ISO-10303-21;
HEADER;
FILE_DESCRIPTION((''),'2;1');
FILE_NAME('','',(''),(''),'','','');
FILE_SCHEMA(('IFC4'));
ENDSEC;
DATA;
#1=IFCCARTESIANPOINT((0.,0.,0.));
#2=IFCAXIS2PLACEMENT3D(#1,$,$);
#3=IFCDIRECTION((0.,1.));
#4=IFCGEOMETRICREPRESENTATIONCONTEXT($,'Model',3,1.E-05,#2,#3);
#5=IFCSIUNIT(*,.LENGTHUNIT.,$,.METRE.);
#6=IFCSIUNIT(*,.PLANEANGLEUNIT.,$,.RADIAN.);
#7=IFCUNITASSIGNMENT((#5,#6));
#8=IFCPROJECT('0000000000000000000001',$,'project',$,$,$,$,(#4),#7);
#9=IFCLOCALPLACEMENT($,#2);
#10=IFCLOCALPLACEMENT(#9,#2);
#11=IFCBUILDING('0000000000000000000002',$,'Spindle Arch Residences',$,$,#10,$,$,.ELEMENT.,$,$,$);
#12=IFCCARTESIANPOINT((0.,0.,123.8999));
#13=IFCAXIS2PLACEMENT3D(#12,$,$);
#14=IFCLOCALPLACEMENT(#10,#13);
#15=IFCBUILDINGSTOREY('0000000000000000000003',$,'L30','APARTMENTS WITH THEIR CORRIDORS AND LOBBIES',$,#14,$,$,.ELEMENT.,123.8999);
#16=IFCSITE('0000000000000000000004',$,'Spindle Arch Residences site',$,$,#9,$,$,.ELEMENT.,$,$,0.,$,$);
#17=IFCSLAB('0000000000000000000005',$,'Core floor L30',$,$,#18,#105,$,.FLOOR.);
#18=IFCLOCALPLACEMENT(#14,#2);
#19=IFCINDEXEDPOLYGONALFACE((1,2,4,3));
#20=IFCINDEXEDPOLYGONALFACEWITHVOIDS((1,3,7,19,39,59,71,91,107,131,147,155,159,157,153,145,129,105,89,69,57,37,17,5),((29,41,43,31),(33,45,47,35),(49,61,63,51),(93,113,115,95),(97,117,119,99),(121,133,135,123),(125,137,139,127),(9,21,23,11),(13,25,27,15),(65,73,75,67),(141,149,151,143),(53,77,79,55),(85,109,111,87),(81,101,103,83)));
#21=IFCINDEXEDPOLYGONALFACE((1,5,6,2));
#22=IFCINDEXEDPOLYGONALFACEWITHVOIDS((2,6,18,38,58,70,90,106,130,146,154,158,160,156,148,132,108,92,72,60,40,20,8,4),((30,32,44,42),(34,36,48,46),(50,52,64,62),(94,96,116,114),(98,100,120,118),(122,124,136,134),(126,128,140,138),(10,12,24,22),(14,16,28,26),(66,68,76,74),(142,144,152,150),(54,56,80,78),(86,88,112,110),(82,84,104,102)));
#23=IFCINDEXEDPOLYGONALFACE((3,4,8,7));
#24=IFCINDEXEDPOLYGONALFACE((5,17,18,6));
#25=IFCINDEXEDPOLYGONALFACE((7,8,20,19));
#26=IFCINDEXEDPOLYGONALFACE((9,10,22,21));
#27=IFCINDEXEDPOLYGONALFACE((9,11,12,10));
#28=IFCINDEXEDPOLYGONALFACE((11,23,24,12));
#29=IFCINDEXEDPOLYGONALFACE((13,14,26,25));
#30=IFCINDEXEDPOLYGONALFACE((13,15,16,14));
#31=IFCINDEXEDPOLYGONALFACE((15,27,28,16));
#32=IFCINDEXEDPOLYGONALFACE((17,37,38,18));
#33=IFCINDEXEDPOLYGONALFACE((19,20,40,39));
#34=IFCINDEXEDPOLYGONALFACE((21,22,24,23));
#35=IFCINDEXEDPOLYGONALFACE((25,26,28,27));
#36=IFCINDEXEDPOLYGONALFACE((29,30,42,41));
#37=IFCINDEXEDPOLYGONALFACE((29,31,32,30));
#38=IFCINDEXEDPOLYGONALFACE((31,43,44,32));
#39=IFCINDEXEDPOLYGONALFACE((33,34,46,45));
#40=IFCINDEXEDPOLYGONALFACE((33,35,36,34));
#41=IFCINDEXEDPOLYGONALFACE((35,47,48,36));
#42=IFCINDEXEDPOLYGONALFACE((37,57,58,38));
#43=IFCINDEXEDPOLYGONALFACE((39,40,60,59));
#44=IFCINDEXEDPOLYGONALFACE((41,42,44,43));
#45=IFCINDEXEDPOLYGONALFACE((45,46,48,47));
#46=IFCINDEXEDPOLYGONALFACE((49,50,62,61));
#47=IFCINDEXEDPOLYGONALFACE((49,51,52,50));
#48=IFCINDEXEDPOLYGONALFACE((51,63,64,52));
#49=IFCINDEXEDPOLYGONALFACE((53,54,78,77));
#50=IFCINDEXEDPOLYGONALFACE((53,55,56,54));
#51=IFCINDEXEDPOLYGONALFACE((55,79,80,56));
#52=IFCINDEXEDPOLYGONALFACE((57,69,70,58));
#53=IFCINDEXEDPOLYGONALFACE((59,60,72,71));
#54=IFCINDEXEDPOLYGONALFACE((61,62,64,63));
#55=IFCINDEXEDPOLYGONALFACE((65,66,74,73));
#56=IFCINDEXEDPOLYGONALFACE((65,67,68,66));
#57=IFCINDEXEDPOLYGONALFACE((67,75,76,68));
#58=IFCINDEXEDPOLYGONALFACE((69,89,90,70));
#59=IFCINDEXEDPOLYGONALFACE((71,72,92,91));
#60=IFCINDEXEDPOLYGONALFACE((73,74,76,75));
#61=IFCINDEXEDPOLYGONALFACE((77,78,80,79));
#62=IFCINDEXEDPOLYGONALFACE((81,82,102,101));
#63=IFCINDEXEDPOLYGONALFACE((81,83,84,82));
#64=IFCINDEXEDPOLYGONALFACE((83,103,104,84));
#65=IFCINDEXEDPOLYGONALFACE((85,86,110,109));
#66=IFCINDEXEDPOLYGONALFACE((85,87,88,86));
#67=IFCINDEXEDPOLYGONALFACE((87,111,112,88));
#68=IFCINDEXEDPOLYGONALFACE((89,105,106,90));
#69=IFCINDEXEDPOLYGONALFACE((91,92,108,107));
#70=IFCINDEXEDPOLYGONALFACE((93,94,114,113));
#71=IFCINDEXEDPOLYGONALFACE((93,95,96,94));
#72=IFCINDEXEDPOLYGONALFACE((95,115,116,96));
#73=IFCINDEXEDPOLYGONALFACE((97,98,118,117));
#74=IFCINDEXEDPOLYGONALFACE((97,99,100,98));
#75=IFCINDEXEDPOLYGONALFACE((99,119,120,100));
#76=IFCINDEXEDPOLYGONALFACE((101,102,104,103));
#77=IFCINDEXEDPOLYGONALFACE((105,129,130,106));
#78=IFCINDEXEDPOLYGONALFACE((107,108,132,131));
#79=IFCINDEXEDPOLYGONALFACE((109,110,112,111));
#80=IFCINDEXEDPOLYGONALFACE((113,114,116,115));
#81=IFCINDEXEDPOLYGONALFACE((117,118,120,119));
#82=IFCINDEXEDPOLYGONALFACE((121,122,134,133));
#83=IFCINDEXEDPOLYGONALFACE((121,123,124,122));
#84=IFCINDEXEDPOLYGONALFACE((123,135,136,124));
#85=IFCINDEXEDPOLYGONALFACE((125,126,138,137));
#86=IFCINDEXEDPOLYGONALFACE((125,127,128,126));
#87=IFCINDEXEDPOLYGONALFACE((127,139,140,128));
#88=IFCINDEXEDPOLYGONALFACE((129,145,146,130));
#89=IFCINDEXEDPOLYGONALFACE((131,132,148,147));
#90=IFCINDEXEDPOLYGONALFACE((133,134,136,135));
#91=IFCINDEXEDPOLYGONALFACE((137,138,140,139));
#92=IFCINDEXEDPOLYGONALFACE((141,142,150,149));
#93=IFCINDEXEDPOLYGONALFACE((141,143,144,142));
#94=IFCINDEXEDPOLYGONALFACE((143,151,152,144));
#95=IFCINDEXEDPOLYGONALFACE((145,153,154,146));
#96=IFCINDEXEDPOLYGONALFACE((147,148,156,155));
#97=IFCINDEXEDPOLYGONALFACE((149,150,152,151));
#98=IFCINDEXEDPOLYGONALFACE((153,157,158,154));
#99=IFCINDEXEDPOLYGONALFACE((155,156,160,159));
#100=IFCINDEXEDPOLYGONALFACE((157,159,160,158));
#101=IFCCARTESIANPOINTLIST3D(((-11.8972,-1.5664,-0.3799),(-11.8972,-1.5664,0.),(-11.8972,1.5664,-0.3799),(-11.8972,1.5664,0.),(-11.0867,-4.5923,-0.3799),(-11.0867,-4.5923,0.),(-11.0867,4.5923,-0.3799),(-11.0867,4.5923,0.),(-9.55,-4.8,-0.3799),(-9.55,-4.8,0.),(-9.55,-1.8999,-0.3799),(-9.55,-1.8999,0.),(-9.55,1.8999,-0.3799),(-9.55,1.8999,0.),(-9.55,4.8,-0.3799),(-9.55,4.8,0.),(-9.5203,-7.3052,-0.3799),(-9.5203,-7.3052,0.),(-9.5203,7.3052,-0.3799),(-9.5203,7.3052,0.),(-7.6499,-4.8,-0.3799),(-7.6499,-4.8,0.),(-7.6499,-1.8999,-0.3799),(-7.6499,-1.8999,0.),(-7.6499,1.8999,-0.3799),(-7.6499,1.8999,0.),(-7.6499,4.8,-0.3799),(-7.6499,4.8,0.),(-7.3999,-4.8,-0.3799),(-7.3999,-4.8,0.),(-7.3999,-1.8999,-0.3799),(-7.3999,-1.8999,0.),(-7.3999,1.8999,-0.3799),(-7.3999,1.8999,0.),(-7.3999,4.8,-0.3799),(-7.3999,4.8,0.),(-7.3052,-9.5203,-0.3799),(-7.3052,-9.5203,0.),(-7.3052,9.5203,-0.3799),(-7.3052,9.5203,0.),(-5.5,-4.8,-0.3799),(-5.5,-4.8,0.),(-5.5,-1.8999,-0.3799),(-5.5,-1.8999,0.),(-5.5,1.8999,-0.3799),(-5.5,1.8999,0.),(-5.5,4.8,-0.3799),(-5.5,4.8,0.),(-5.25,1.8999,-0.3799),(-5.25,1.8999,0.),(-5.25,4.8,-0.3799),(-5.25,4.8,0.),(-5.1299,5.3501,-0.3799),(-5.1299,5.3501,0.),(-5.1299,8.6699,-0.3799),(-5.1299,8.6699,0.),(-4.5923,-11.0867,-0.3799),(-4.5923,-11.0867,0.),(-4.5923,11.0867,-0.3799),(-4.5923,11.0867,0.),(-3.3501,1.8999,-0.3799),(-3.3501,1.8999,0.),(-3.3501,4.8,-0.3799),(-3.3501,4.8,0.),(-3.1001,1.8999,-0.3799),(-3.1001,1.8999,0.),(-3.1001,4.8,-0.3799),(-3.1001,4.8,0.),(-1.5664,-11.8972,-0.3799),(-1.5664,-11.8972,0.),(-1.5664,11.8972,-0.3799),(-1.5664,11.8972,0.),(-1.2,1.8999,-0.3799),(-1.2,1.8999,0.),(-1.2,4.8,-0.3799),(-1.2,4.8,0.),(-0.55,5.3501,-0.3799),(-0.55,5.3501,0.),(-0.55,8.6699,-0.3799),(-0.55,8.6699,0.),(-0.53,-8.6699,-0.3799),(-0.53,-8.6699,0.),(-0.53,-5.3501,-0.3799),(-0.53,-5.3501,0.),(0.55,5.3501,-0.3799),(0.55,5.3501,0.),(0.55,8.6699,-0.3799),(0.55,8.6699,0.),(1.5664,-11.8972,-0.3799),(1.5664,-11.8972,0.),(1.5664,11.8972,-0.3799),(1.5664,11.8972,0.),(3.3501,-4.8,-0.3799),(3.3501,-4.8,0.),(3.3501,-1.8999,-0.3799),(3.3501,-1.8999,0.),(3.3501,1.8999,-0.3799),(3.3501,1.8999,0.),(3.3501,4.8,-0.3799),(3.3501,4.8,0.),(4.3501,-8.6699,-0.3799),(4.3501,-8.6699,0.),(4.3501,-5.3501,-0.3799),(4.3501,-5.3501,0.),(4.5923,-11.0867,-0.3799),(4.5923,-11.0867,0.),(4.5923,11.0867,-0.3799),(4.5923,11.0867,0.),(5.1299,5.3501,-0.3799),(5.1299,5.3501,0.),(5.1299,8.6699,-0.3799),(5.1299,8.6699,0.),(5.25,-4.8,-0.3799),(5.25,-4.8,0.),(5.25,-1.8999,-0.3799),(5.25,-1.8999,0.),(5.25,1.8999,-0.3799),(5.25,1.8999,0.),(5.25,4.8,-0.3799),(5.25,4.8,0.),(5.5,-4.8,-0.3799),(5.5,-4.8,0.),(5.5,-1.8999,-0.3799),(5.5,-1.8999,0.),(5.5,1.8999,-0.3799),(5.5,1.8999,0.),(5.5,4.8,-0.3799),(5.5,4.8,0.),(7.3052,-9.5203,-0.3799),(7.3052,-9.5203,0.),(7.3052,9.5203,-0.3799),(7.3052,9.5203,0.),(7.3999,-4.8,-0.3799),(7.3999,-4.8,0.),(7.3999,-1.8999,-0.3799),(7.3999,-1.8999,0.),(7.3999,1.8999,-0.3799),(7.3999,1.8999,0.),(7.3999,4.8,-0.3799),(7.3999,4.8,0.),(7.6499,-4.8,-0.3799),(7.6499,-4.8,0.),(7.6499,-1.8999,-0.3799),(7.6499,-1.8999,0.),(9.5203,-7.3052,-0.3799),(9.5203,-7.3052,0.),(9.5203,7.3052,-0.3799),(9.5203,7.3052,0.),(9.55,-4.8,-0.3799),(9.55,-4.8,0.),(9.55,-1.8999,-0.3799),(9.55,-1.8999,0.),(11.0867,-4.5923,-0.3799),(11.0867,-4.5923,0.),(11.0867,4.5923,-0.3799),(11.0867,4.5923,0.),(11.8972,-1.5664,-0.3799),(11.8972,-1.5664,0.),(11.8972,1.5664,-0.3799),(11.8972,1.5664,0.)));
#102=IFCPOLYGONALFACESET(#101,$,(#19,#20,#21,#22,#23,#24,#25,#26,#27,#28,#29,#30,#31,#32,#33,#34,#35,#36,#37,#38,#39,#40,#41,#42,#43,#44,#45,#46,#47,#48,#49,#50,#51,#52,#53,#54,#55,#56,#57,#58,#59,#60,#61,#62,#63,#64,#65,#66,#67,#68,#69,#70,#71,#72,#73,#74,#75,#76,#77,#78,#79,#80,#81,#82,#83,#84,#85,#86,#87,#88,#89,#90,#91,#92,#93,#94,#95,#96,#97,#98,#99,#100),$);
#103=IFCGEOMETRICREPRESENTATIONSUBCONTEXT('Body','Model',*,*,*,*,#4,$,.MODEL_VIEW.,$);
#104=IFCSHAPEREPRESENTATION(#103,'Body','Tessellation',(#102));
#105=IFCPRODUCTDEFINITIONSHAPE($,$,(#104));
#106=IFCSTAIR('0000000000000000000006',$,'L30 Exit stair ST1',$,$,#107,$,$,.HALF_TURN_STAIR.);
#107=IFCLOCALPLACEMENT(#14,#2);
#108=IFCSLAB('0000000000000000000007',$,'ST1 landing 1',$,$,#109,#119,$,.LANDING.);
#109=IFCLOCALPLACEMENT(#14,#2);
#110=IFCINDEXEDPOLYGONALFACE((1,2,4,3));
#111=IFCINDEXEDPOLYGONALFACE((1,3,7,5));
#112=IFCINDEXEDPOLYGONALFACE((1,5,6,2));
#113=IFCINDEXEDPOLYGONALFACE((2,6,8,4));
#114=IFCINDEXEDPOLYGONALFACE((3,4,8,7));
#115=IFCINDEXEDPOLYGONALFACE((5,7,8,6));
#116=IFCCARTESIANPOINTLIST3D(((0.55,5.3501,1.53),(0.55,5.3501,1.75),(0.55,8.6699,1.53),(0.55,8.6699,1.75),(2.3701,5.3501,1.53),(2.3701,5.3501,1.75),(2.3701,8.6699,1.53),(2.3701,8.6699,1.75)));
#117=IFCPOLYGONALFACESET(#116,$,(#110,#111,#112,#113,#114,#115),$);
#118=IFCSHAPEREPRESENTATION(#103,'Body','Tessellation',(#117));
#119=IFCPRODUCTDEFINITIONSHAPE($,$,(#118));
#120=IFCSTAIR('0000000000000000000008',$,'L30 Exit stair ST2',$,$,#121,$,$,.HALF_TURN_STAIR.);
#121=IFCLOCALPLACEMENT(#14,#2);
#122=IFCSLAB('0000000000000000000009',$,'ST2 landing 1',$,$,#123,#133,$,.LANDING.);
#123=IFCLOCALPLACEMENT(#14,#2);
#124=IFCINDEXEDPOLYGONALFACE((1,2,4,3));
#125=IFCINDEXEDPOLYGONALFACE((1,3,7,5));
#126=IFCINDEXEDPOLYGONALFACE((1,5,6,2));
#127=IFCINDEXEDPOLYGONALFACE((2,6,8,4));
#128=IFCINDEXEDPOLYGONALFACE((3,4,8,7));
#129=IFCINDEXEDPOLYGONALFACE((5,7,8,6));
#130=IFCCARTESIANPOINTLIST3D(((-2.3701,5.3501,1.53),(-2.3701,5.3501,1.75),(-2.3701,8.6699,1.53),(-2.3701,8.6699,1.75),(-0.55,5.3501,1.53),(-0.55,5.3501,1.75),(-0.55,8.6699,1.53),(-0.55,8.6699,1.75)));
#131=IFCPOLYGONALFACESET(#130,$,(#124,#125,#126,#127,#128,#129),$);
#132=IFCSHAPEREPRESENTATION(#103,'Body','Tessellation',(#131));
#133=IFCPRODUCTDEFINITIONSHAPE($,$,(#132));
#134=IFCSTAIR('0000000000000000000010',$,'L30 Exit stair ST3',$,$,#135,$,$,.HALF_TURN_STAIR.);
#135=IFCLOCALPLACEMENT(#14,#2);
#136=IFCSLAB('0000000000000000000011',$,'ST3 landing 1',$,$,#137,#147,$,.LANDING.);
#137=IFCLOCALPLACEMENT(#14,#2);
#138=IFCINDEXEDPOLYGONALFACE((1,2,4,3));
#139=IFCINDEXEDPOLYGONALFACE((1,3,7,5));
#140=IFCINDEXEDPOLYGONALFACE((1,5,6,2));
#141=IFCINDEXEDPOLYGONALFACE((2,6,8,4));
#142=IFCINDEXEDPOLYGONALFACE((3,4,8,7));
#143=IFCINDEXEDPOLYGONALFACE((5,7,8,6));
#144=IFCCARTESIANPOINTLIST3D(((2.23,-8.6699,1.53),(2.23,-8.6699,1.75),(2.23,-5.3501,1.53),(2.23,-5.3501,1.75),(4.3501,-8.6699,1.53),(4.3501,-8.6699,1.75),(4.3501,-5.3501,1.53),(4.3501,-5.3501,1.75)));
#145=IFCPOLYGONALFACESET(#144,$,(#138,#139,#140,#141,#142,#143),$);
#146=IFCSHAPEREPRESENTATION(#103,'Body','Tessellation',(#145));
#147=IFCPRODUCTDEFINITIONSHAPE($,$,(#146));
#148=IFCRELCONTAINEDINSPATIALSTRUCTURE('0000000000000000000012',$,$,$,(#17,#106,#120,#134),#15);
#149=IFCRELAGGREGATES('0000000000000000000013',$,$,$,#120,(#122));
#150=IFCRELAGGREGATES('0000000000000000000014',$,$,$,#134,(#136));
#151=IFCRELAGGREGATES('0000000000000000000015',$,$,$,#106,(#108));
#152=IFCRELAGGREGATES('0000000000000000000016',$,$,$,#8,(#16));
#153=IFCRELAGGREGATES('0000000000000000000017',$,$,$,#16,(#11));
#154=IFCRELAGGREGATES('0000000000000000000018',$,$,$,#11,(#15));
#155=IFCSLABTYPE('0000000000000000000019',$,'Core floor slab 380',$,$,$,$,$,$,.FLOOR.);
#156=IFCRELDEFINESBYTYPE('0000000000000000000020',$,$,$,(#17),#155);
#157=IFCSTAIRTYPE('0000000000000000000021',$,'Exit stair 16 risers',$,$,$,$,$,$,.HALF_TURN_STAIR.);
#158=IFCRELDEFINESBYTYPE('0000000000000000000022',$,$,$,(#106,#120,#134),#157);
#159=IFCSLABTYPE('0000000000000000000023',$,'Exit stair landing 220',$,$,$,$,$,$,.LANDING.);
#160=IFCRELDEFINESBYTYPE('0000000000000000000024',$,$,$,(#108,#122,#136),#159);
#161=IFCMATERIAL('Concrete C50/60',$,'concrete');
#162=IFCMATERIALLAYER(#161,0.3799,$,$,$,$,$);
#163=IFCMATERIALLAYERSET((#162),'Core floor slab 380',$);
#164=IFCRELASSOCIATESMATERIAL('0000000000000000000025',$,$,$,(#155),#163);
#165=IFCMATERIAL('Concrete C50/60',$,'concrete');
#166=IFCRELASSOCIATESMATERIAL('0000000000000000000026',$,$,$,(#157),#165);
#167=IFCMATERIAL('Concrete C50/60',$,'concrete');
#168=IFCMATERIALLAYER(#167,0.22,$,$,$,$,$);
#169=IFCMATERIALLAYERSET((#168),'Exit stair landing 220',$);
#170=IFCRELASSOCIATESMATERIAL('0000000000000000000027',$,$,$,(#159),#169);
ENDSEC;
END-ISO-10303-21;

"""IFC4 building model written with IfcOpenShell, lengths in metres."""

from ifc_helpers import new_model, si_unit, direction, frame, origin, place, context, subcontext, project, spatial, polyline, outline, extrude, material, layer, layer_set, type_object, element, aggregate, save


model = new_model("IFC4")

# Units and contexts
model_context = context("Model", 3, precision=1e-05, world=origin(), true_north=direction((0.0, 1.0)))
body_context = subcontext(model_context, "Body", "Model", "MODEL_VIEW")
ifc_project = project(units=[si_unit("LENGTHUNIT", "METRE"), si_unit("PLANEANGLEUNIT", "RADIAN")], contexts=[model_context])

# Site, building, storey
site_placement = place(None, origin())
site = spatial("IfcSite", under=ifc_project, at=site_placement, Name="Spindle Arch Residences site", CompositionType="ELEMENT", RefElevation=0.0)
building_placement = place(site_placement, origin())
building = spatial("IfcBuilding", under=site, at=building_placement, Name="Spindle Arch Residences", CompositionType="ELEMENT")
storey_placement = place(building_placement, frame((0.0, 0.0, 123.8999)))
storey = spatial("IfcBuildingStorey", under=building, at=storey_placement, Name="L30", Description="APARTMENTS WITH THEIR CORRIDORS AND LOBBIES", CompositionType="ELEMENT", Elevation=123.8999)

# Slab
ifc_material_1 = material(Name="Concrete C50/60", Category="concrete")
ifc_layer_1 = layer(ifc_material_1, 0.3799)
ifc_layer_set_1 = layer_set([ifc_layer_1], Name="Core floor slab 380")
slab_type_1 = type_object("IfcSlabType", Name="Core floor slab 380", PredefinedType="FLOOR", material=ifc_layer_set_1)
slab_1_placement = place(storey_placement, frame((0.0, 0.0, -0.3799)))
element("IfcSlab", 1, at=slab_1_placement, inside=storey, type_object=slab_type_1, Name="Core floor L30", PredefinedType="FLOOR", context=body_context, shape_type="SweptSolid", body=[
    extrude(outline(polyline([(1.5664, -11.8972), (4.5923, -11.0867), (7.3052, -9.5203), (9.5203, -7.3052), (11.0867, -4.5923), (11.8972, -1.5664), (11.8972, 1.5664), (11.0867, 4.5923), (9.5203, 7.3052), (7.3052, 9.5203), (4.5923, 11.0867), (1.5664, 11.8972), (-1.5664, 11.8972), (-4.5923, 11.0867), (-7.3052, 9.5203), (-9.5203, 7.3052), (-11.0867, 4.5923), (-11.8972, 1.5664), (-11.8972, -1.5664), (-11.0867, -4.5923), (-9.5203, -7.3052), (-7.3052, -9.5203), (-4.5923, -11.0867), (-1.5664, -11.8972), (1.5664, -11.8972)]), holes=[polyline([(-9.55, 1.8999), (-7.6499, 1.8999), (-7.6499, 4.8), (-9.55, 4.8), (-9.55, 1.8999)]), polyline([(-7.3999, 1.8999), (-5.5, 1.8999), (-5.5, 4.8), (-7.3999, 4.8), (-7.3999, 1.8999)]), polyline([(-5.25, 1.8999), (-3.3501, 1.8999), (-3.3501, 4.8), (-5.25, 4.8), (-5.25, 1.8999)]), polyline([(-3.1001, 1.8999), (-1.2, 1.8999), (-1.2, 4.8), (-3.1001, 4.8), (-3.1001, 1.8999)]), polyline([(3.3501, 1.8999), (5.25, 1.8999), (5.25, 4.8), (3.3501, 4.8), (3.3501, 1.8999)]), polyline([(5.5, 1.8999), (7.3999, 1.8999), (7.3999, 4.8), (5.5, 4.8), (5.5, 1.8999)]), polyline([(-9.55, -4.8), (-7.6499, -4.8), (-7.6499, -1.8999), (-9.55, -1.8999), (-9.55, -4.8)]), polyline([(-7.3999, -4.8), (-5.5, -4.8), (-5.5, -1.8999), (-7.3999, -1.8999), (-7.3999, -4.8)]), polyline([(3.3501, -4.8), (5.25, -4.8), (5.25, -1.8999), (3.3501, -1.8999), (3.3501, -4.8)]), polyline([(5.5, -4.8), (7.3999, -4.8), (7.3999, -1.8999), (5.5, -1.8999), (5.5, -4.8)]), polyline([(7.6499, -4.8), (9.55, -4.8), (9.55, -1.8999), (7.6499, -1.8999), (7.6499, -4.8)]), polyline([(5.1299, 8.6699), (0.55, 8.6699), (0.55, 5.3501), (5.1299, 5.3501), (5.1299, 8.6699)]), polyline([(-5.1299, 5.3501), (-0.55, 5.3501), (-0.55, 8.6699), (-5.1299, 8.6699), (-5.1299, 5.3501)]), polyline([(-0.53, -8.6699), (4.3501, -8.6699), (4.3501, -5.3501), (-0.53, -5.3501), (-0.53, -8.6699)])]), origin(), (0.0, 0.0, 1.0), 0.3799),
])

# Stairs, slabs
ifc_material_2 = material(Name="Concrete C50/60", Category="concrete")
stair_type = type_object("IfcStairType", Name="Exit stair 16 risers", PredefinedType="HALF_TURN_STAIR", material=ifc_material_2)
stair_1_placement = place(storey_placement, origin())
stair_1 = element("IfcStair", 2, at=stair_1_placement, inside=storey, type_object=stair_type, Name="L30 Exit stair ST1", PredefinedType="HALF_TURN_STAIR")
ifc_material_3 = material(Name="Concrete C50/60", Category="concrete")
ifc_layer_2 = layer(ifc_material_3, 0.22)
ifc_layer_set_2 = layer_set([ifc_layer_2], Name="Exit stair landing 220")
slab_type_2 = type_object("IfcSlabType", Name="Exit stair landing 220", PredefinedType="LANDING", material=ifc_layer_set_2)
slab_2_placement = place(storey_placement, frame((0.0, 0.0, 1.53)))
slab_2 = element("IfcSlab", 3, at=slab_2_placement, type_object=slab_type_2, Name="ST1 landing 1", PredefinedType="LANDING", context=body_context, shape_type="SweptSolid", body=[
    extrude(outline(polyline([(2.3701, 8.6699), (0.55, 8.6699), (0.55, 5.3501), (2.3701, 5.3501), (2.3701, 8.6699)])), origin(), (0.0, 0.0, 1.0), 0.22),
])
stair_2_placement = place(storey_placement, origin())
stair_2 = element("IfcStair", 4, at=stair_2_placement, inside=storey, type_object=stair_type, Name="L30 Exit stair ST2", PredefinedType="HALF_TURN_STAIR")
slab_3_placement = place(storey_placement, frame((0.0, 0.0, 1.53)))
slab_3 = element("IfcSlab", 5, at=slab_3_placement, type_object=slab_type_2, Name="ST2 landing 1", PredefinedType="LANDING", context=body_context, shape_type="SweptSolid", body=[
    extrude(outline(polyline([(-2.3701, 5.3501), (-0.55, 5.3501), (-0.55, 8.6699), (-2.3701, 8.6699), (-2.3701, 5.3501)])), origin(), (0.0, 0.0, 1.0), 0.22),
])
aggregate(stair_2, [slab_3])
stair_3_placement = place(storey_placement, origin())
stair_3 = element("IfcStair", 6, at=stair_3_placement, inside=storey, type_object=stair_type, Name="L30 Exit stair ST3", PredefinedType="HALF_TURN_STAIR")
slab_4_placement = place(storey_placement, frame((0.0, 0.0, 1.53)))
slab_4 = element("IfcSlab", 7, at=slab_4_placement, type_object=slab_type_2, Name="ST3 landing 1", PredefinedType="LANDING", context=body_context, shape_type="SweptSolid", body=[
    extrude(outline(polyline([(2.23, -8.6699), (4.3501, -8.6699), (4.3501, -5.3501), (2.23, -5.3501), (2.23, -8.6699)])), origin(), (0.0, 0.0, 1.0), 0.22),
])
aggregate(stair_3, [slab_4])

aggregate(stair_1, [slab_2])

save(model, "model.ifc")
